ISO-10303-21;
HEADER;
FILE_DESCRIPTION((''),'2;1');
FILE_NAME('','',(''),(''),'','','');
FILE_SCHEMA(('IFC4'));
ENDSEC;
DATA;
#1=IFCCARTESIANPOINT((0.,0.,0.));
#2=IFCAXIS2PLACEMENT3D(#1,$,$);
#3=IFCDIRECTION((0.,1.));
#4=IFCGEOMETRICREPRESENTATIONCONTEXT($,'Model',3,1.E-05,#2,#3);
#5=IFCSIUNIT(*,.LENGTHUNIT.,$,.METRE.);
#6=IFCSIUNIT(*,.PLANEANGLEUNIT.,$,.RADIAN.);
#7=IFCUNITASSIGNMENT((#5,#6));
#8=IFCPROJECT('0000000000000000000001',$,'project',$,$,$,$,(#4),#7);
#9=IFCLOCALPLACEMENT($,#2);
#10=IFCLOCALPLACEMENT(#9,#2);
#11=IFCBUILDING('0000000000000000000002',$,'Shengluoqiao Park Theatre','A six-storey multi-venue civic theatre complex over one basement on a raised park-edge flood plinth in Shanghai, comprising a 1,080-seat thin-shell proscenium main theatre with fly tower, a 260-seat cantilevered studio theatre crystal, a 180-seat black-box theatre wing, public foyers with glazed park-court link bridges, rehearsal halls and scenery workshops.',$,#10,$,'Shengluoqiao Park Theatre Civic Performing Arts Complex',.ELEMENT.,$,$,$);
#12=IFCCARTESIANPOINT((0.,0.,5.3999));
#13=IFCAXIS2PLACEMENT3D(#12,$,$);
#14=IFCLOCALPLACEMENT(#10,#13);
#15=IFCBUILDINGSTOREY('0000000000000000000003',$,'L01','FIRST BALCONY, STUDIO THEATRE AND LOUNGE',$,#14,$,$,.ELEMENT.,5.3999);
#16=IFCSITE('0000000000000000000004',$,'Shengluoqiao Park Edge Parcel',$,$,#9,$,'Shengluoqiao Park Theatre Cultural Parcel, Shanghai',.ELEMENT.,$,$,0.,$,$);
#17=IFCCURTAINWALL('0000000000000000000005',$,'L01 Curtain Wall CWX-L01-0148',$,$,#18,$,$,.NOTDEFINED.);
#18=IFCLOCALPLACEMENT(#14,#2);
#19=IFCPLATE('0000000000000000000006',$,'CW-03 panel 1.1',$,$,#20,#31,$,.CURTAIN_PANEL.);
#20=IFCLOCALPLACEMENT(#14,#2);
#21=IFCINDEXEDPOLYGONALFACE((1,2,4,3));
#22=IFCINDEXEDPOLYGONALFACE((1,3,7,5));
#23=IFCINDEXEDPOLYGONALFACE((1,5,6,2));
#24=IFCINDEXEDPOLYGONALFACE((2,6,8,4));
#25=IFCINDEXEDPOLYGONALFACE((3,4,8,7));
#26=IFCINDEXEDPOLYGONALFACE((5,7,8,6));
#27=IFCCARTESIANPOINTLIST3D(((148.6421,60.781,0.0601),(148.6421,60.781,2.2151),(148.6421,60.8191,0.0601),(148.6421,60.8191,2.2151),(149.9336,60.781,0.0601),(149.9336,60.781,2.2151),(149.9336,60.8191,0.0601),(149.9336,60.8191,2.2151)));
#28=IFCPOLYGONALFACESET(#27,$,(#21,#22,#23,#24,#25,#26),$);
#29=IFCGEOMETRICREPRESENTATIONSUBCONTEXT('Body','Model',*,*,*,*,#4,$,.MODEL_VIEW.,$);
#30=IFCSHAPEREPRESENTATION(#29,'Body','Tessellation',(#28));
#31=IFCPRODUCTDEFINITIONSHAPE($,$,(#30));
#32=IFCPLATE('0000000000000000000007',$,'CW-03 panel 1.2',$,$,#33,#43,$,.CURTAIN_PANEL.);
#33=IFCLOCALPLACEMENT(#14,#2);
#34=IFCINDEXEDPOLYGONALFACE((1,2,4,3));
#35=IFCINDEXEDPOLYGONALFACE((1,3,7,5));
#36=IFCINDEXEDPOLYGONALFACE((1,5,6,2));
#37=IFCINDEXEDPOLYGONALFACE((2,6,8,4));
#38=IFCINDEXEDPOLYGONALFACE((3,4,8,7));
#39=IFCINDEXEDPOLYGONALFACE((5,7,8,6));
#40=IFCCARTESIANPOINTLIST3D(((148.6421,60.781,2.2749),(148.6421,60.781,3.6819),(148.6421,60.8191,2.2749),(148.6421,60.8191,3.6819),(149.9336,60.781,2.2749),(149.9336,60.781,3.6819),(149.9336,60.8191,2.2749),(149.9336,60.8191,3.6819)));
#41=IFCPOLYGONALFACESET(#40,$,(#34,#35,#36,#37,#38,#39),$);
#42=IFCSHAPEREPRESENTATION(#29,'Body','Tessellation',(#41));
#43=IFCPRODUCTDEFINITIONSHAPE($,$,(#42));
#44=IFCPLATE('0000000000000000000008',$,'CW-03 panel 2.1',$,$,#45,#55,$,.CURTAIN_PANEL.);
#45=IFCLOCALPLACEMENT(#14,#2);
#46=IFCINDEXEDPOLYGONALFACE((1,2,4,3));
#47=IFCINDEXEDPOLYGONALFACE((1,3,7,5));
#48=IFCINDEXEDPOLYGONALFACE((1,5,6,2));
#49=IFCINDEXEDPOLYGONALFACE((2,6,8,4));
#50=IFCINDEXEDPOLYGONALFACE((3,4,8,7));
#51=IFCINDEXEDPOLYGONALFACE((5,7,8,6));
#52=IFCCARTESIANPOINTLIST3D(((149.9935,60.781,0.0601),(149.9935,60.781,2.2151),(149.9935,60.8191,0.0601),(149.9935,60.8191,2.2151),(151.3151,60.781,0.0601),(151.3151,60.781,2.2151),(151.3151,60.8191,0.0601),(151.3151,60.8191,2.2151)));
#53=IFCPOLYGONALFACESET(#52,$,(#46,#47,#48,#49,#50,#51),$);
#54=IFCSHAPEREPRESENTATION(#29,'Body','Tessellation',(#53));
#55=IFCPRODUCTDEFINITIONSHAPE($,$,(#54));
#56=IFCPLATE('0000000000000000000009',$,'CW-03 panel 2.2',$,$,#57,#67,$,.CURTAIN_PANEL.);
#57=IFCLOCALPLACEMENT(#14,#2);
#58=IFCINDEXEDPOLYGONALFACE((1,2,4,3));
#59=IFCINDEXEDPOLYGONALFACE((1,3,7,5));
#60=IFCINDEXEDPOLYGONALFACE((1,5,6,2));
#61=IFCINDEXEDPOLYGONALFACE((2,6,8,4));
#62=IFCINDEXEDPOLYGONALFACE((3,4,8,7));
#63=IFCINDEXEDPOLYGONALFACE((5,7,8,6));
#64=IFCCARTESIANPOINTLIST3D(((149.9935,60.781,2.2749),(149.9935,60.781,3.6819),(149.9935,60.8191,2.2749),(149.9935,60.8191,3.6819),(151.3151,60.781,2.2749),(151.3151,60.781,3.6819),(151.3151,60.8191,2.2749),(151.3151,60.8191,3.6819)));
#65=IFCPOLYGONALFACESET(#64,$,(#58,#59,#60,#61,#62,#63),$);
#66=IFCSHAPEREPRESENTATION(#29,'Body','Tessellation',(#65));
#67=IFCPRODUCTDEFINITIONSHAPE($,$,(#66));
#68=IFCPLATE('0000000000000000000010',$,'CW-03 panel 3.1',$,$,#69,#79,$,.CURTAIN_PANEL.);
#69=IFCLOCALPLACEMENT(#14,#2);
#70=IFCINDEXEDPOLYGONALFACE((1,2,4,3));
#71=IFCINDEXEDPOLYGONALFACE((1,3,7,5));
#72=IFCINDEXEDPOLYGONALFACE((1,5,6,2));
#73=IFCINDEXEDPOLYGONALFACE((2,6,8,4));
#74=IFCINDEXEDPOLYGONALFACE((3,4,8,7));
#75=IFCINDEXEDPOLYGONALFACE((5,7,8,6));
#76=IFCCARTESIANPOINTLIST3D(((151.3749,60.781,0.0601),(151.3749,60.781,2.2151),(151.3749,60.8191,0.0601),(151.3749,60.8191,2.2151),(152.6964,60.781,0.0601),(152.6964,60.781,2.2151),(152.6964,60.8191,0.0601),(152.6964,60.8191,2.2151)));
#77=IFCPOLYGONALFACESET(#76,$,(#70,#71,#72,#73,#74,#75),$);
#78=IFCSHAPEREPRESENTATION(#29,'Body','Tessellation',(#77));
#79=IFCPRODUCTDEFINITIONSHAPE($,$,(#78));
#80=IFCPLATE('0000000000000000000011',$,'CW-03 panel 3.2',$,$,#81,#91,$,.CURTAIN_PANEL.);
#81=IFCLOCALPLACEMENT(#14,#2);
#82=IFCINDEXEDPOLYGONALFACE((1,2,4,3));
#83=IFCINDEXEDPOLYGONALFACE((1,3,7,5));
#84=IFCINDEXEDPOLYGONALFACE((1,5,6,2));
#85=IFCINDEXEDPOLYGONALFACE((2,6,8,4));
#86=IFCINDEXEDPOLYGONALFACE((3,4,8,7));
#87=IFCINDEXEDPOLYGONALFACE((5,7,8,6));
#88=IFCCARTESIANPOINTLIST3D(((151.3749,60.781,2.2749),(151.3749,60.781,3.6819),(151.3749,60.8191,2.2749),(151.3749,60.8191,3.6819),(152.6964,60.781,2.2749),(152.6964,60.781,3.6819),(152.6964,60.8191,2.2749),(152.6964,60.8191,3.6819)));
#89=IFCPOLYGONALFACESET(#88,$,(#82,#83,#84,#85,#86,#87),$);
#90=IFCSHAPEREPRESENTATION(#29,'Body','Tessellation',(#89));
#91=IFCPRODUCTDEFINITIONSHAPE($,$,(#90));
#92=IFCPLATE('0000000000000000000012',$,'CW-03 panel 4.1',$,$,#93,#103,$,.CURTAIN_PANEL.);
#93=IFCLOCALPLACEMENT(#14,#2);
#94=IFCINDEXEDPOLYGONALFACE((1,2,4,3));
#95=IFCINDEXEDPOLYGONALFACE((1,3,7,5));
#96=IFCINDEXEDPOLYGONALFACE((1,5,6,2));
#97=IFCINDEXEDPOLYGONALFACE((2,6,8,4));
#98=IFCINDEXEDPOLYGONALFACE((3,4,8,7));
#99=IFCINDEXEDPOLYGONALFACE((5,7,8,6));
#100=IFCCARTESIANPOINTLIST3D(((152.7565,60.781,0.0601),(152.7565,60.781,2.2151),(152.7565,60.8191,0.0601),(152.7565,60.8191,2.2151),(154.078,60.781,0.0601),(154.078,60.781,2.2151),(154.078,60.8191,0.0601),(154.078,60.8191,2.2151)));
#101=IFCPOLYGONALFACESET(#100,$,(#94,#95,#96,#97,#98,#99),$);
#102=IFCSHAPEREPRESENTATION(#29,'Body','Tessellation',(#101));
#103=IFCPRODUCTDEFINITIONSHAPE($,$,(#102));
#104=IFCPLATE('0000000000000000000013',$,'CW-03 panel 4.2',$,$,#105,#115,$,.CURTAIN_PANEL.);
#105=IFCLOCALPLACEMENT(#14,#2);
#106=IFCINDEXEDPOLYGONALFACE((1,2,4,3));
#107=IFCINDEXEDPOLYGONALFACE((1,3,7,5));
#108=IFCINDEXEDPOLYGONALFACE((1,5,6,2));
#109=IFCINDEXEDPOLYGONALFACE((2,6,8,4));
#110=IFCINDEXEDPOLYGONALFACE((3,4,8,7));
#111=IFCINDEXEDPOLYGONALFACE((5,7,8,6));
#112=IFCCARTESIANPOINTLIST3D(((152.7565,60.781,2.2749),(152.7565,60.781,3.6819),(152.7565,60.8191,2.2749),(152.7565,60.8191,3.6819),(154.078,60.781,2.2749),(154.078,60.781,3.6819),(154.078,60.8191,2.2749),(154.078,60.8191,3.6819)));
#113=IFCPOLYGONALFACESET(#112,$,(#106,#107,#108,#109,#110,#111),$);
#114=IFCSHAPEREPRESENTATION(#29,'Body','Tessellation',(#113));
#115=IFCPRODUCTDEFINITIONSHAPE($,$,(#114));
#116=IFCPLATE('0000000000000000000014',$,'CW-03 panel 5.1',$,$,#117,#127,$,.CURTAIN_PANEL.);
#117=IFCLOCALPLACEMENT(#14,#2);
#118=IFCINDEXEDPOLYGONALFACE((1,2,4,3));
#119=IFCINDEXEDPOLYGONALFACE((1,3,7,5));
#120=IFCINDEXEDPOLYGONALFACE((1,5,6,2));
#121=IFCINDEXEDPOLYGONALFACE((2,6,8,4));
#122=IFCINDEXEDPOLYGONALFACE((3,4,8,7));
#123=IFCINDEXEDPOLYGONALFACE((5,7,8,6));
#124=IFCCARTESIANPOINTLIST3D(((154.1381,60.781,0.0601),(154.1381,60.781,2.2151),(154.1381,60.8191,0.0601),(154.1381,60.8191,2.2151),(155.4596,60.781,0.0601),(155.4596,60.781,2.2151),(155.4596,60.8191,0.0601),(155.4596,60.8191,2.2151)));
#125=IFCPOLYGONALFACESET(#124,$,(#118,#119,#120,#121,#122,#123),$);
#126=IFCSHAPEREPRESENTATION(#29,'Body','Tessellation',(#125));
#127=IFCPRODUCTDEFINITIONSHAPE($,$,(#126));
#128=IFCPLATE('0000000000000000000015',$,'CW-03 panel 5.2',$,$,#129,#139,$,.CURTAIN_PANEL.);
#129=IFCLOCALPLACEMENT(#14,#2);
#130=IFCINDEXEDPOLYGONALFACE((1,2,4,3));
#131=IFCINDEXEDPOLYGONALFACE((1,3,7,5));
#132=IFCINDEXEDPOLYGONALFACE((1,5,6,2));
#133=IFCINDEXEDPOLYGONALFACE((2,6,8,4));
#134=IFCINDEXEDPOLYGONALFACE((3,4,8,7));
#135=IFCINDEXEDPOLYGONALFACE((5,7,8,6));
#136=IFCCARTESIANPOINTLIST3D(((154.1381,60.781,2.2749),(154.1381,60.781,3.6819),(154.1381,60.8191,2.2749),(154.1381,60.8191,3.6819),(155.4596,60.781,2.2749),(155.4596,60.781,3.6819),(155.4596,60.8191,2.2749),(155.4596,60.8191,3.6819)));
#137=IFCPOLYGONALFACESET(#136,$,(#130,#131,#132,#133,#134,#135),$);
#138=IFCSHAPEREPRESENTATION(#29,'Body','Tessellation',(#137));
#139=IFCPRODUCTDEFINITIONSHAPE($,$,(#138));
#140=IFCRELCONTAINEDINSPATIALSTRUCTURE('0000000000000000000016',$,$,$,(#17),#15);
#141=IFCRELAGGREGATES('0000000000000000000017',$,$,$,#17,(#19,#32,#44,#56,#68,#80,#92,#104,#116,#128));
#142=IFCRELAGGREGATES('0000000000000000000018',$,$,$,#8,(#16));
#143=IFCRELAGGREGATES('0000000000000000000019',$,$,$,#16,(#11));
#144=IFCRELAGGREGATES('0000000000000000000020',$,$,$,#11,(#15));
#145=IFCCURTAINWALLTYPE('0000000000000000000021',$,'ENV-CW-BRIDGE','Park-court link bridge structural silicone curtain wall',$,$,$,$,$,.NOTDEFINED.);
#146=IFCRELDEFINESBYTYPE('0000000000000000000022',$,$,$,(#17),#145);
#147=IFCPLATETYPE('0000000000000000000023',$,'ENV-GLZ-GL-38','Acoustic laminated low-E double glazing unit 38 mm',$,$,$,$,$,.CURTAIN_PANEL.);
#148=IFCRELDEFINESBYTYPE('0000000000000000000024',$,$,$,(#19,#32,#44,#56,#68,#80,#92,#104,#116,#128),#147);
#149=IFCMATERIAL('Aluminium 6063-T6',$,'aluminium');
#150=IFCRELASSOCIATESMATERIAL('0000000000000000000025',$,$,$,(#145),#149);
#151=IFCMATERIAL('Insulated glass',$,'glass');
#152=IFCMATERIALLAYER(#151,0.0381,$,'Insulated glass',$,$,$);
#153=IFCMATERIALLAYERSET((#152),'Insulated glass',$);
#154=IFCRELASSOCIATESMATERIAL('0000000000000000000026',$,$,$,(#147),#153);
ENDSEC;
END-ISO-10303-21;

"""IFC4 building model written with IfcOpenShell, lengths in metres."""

from ifc_helpers import new_model, si_unit, direction, frame, origin, origin_2d, place, context, subcontext, project, spatial, rectangle, extrude, material, layer, layer_set, type_object, element, aggregate, save


model = new_model("IFC4")

# Units and contexts
model_context = context("Model", 3, precision=1e-05, world=origin(), true_north=direction((0.0, 1.0)))
body_context = subcontext(model_context, "Body", "Model", "MODEL_VIEW")
ifc_project = project(units=[si_unit("LENGTHUNIT", "METRE"), si_unit("PLANEANGLEUNIT", "RADIAN")], contexts=[model_context])

# Site, building, storey
site_placement = place(None, origin())
site = spatial("IfcSite", under=ifc_project, at=site_placement, Name="Shengluoqiao Park Edge Parcel", LongName="Shengluoqiao Park Theatre Cultural Parcel, Shanghai", CompositionType="ELEMENT", RefElevation=0.0)
building_placement = place(site_placement, origin())
building = spatial("IfcBuilding", under=site, at=building_placement, Name="Shengluoqiao Park Theatre", Description="A six-storey multi-venue civic theatre complex over one basement on a raised park-edge flood plinth in Shanghai, comprising a 1,080-seat thin-shell proscenium main theatre with fly tower, a 260-seat cantilevered studio theatre crystal, a 180-seat black-box theatre wing, public foyers with glazed park-court link bridges, rehearsal halls and scenery workshops.", LongName="Shengluoqiao Park Theatre Civic Performing Arts Complex", CompositionType="ELEMENT")
storey_placement = place(building_placement, frame((0.0, 0.0, 5.3999)))
storey = spatial("IfcBuildingStorey", under=building, at=storey_placement, Name="L01", Description="FIRST BALCONY, STUDIO THEATRE AND LOUNGE", CompositionType="ELEMENT", Elevation=5.3999)

# Curtain wall
ifc_material_1 = material(Name="Aluminium 6063-T6", Category="aluminium")
curtain_wall_type = type_object("IfcCurtainWallType", Name="ENV-CW-BRIDGE", Description="Park-court link bridge structural silicone curtain wall", PredefinedType="NOTDEFINED", material=ifc_material_1)
curtain_wall_placement = place(storey_placement, origin())
curtain_wall = element("IfcCurtainWall", 1, at=curtain_wall_placement, inside=storey, type_object=curtain_wall_type, Name="L01 Curtain Wall CWX-L01-0148", PredefinedType="NOTDEFINED")

# Plates
ifc_material_2 = material(Name="Insulated glass", Category="glass")
ifc_layer = layer(ifc_material_2, 0.0381, Name="Insulated glass")
ifc_layer_set = layer_set([ifc_layer], Name="Insulated glass")
plate_type = type_object("IfcPlateType", Name="ENV-GLZ-GL-38", Description="Acoustic laminated low-E double glazing unit 38 mm", PredefinedType="CURTAIN_PANEL", material=ifc_layer_set)
plate_1_placement = place(storey_placement, frame((149.2878, 60.8, 0.0601), z_axis=(0.0, 0.0, 1.0), x_axis=(1.0, 0.0, 0.0)))
plate_1 = element("IfcPlate", 2, at=plate_1_placement, type_object=plate_type, Name="CW-03 panel 1.1", PredefinedType="CURTAIN_PANEL", context=body_context, shape_type="SweptSolid", body=[
    extrude(rectangle(XDim=1.2915, YDim=0.0381, at=origin_2d()), origin(), (0.0, 0.0, 1.0), 2.155),
])
plate_2_placement = place(storey_placement, frame((149.2878, 60.8, 2.2749), z_axis=(0.0, 0.0, 1.0), x_axis=(1.0, 0.0, 0.0)))
plate_2 = element("IfcPlate", 3, at=plate_2_placement, type_object=plate_type, Name="CW-03 panel 1.2", PredefinedType="CURTAIN_PANEL", context=body_context, shape_type="SweptSolid", body=[
    extrude(rectangle(XDim=1.2915, YDim=0.0381, at=origin_2d()), origin(), (0.0, 0.0, 1.0), 1.407),
])
plate_3_placement = place(storey_placement, frame((150.6543, 60.8, 0.0601), z_axis=(0.0, 0.0, 1.0), x_axis=(1.0, 0.0, 0.0)))
plate_3 = element("IfcPlate", 4, at=plate_3_placement, type_object=plate_type, Name="CW-03 panel 2.1", PredefinedType="CURTAIN_PANEL", context=body_context, shape_type="SweptSolid", body=[
    extrude(rectangle(XDim=1.3215, YDim=0.0381, at=origin_2d()), origin(), (0.0, 0.0, 1.0), 2.155),
])
plate_4_placement = place(storey_placement, frame((150.6543, 60.8, 2.2749), z_axis=(0.0, 0.0, 1.0), x_axis=(1.0, 0.0, 0.0)))
plate_4 = element("IfcPlate", 5, at=plate_4_placement, type_object=plate_type, Name="CW-03 panel 2.2", PredefinedType="CURTAIN_PANEL", context=body_context, shape_type="SweptSolid", body=[
    extrude(rectangle(XDim=1.3215, YDim=0.0381, at=origin_2d()), origin(), (0.0, 0.0, 1.0), 1.407),
])
plate_5_placement = place(storey_placement, frame((152.0356, 60.8, 0.0601), z_axis=(0.0, 0.0, 1.0), x_axis=(1.0, 0.0, 0.0)))
plate_5 = element("IfcPlate", 6, at=plate_5_placement, type_object=plate_type, Name="CW-03 panel 3.1", PredefinedType="CURTAIN_PANEL", context=body_context, shape_type="SweptSolid", body=[
    extrude(rectangle(XDim=1.3215, YDim=0.0381, at=origin_2d()), origin(), (0.0, 0.0, 1.0), 2.155),
])
plate_6_placement = place(storey_placement, frame((152.0356, 60.8, 2.2749), z_axis=(0.0, 0.0, 1.0), x_axis=(1.0, 0.0, 0.0)))
plate_6 = element("IfcPlate", 7, at=plate_6_placement, type_object=plate_type, Name="CW-03 panel 3.2", PredefinedType="CURTAIN_PANEL", context=body_context, shape_type="SweptSolid", body=[
    extrude(rectangle(XDim=1.3215, YDim=0.0381, at=origin_2d()), origin(), (0.0, 0.0, 1.0), 1.407),
])
plate_7_placement = place(storey_placement, frame((153.4172, 60.8, 0.0601), z_axis=(0.0, 0.0, 1.0), x_axis=(1.0, 0.0, 0.0)))
plate_7 = element("IfcPlate", 8, at=plate_7_placement, type_object=plate_type, Name="CW-03 panel 4.1", PredefinedType="CURTAIN_PANEL", context=body_context, shape_type="SweptSolid", body=[
    extrude(rectangle(XDim=1.3215, YDim=0.0381, at=origin_2d()), origin(), (0.0, 0.0, 1.0), 2.155),
])
plate_8_placement = place(storey_placement, frame((153.4172, 60.8, 2.2749), z_axis=(0.0, 0.0, 1.0), x_axis=(1.0, 0.0, 0.0)))
plate_8 = element("IfcPlate", 9, at=plate_8_placement, type_object=plate_type, Name="CW-03 panel 4.2", PredefinedType="CURTAIN_PANEL", context=body_context, shape_type="SweptSolid", body=[
    extrude(rectangle(XDim=1.3215, YDim=0.0381, at=origin_2d()), origin(), (0.0, 0.0, 1.0), 1.407),
])
plate_9_placement = place(storey_placement, frame((154.7988, 60.8, 0.0601), z_axis=(0.0, 0.0, 1.0), x_axis=(1.0, 0.0, 0.0)))
plate_9 = element("IfcPlate", 10, at=plate_9_placement, type_object=plate_type, Name="CW-03 panel 5.1", PredefinedType="CURTAIN_PANEL", context=body_context, shape_type="SweptSolid", body=[
    extrude(rectangle(XDim=1.3215, YDim=0.0381, at=origin_2d()), origin(), (0.0, 0.0, 1.0), 2.155),
])
plate_10_placement = place(storey_placement, frame((154.7988, 60.8, 2.2749), z_axis=(0.0, 0.0, 1.0), x_axis=(1.0, 0.0, 0.0)))
plate_10 = element("IfcPlate", 11, at=plate_10_placement, type_object=plate_type, Name="CW-03 panel 5.2", PredefinedType="CURTAIN_PANEL", context=body_context, shape_type="SweptSolid", body=[
    extrude(rectangle(XDim=1.3215, YDim=0.0381, at=origin_2d()), origin(), (0.0, 0.0, 1.0), 1.407),
])
aggregate(curtain_wall, [plate_1, plate_2, plate_3, plate_4, plate_5, plate_6, plate_7, plate_8, plate_9, plate_10])

save(model, "model.ifc")
